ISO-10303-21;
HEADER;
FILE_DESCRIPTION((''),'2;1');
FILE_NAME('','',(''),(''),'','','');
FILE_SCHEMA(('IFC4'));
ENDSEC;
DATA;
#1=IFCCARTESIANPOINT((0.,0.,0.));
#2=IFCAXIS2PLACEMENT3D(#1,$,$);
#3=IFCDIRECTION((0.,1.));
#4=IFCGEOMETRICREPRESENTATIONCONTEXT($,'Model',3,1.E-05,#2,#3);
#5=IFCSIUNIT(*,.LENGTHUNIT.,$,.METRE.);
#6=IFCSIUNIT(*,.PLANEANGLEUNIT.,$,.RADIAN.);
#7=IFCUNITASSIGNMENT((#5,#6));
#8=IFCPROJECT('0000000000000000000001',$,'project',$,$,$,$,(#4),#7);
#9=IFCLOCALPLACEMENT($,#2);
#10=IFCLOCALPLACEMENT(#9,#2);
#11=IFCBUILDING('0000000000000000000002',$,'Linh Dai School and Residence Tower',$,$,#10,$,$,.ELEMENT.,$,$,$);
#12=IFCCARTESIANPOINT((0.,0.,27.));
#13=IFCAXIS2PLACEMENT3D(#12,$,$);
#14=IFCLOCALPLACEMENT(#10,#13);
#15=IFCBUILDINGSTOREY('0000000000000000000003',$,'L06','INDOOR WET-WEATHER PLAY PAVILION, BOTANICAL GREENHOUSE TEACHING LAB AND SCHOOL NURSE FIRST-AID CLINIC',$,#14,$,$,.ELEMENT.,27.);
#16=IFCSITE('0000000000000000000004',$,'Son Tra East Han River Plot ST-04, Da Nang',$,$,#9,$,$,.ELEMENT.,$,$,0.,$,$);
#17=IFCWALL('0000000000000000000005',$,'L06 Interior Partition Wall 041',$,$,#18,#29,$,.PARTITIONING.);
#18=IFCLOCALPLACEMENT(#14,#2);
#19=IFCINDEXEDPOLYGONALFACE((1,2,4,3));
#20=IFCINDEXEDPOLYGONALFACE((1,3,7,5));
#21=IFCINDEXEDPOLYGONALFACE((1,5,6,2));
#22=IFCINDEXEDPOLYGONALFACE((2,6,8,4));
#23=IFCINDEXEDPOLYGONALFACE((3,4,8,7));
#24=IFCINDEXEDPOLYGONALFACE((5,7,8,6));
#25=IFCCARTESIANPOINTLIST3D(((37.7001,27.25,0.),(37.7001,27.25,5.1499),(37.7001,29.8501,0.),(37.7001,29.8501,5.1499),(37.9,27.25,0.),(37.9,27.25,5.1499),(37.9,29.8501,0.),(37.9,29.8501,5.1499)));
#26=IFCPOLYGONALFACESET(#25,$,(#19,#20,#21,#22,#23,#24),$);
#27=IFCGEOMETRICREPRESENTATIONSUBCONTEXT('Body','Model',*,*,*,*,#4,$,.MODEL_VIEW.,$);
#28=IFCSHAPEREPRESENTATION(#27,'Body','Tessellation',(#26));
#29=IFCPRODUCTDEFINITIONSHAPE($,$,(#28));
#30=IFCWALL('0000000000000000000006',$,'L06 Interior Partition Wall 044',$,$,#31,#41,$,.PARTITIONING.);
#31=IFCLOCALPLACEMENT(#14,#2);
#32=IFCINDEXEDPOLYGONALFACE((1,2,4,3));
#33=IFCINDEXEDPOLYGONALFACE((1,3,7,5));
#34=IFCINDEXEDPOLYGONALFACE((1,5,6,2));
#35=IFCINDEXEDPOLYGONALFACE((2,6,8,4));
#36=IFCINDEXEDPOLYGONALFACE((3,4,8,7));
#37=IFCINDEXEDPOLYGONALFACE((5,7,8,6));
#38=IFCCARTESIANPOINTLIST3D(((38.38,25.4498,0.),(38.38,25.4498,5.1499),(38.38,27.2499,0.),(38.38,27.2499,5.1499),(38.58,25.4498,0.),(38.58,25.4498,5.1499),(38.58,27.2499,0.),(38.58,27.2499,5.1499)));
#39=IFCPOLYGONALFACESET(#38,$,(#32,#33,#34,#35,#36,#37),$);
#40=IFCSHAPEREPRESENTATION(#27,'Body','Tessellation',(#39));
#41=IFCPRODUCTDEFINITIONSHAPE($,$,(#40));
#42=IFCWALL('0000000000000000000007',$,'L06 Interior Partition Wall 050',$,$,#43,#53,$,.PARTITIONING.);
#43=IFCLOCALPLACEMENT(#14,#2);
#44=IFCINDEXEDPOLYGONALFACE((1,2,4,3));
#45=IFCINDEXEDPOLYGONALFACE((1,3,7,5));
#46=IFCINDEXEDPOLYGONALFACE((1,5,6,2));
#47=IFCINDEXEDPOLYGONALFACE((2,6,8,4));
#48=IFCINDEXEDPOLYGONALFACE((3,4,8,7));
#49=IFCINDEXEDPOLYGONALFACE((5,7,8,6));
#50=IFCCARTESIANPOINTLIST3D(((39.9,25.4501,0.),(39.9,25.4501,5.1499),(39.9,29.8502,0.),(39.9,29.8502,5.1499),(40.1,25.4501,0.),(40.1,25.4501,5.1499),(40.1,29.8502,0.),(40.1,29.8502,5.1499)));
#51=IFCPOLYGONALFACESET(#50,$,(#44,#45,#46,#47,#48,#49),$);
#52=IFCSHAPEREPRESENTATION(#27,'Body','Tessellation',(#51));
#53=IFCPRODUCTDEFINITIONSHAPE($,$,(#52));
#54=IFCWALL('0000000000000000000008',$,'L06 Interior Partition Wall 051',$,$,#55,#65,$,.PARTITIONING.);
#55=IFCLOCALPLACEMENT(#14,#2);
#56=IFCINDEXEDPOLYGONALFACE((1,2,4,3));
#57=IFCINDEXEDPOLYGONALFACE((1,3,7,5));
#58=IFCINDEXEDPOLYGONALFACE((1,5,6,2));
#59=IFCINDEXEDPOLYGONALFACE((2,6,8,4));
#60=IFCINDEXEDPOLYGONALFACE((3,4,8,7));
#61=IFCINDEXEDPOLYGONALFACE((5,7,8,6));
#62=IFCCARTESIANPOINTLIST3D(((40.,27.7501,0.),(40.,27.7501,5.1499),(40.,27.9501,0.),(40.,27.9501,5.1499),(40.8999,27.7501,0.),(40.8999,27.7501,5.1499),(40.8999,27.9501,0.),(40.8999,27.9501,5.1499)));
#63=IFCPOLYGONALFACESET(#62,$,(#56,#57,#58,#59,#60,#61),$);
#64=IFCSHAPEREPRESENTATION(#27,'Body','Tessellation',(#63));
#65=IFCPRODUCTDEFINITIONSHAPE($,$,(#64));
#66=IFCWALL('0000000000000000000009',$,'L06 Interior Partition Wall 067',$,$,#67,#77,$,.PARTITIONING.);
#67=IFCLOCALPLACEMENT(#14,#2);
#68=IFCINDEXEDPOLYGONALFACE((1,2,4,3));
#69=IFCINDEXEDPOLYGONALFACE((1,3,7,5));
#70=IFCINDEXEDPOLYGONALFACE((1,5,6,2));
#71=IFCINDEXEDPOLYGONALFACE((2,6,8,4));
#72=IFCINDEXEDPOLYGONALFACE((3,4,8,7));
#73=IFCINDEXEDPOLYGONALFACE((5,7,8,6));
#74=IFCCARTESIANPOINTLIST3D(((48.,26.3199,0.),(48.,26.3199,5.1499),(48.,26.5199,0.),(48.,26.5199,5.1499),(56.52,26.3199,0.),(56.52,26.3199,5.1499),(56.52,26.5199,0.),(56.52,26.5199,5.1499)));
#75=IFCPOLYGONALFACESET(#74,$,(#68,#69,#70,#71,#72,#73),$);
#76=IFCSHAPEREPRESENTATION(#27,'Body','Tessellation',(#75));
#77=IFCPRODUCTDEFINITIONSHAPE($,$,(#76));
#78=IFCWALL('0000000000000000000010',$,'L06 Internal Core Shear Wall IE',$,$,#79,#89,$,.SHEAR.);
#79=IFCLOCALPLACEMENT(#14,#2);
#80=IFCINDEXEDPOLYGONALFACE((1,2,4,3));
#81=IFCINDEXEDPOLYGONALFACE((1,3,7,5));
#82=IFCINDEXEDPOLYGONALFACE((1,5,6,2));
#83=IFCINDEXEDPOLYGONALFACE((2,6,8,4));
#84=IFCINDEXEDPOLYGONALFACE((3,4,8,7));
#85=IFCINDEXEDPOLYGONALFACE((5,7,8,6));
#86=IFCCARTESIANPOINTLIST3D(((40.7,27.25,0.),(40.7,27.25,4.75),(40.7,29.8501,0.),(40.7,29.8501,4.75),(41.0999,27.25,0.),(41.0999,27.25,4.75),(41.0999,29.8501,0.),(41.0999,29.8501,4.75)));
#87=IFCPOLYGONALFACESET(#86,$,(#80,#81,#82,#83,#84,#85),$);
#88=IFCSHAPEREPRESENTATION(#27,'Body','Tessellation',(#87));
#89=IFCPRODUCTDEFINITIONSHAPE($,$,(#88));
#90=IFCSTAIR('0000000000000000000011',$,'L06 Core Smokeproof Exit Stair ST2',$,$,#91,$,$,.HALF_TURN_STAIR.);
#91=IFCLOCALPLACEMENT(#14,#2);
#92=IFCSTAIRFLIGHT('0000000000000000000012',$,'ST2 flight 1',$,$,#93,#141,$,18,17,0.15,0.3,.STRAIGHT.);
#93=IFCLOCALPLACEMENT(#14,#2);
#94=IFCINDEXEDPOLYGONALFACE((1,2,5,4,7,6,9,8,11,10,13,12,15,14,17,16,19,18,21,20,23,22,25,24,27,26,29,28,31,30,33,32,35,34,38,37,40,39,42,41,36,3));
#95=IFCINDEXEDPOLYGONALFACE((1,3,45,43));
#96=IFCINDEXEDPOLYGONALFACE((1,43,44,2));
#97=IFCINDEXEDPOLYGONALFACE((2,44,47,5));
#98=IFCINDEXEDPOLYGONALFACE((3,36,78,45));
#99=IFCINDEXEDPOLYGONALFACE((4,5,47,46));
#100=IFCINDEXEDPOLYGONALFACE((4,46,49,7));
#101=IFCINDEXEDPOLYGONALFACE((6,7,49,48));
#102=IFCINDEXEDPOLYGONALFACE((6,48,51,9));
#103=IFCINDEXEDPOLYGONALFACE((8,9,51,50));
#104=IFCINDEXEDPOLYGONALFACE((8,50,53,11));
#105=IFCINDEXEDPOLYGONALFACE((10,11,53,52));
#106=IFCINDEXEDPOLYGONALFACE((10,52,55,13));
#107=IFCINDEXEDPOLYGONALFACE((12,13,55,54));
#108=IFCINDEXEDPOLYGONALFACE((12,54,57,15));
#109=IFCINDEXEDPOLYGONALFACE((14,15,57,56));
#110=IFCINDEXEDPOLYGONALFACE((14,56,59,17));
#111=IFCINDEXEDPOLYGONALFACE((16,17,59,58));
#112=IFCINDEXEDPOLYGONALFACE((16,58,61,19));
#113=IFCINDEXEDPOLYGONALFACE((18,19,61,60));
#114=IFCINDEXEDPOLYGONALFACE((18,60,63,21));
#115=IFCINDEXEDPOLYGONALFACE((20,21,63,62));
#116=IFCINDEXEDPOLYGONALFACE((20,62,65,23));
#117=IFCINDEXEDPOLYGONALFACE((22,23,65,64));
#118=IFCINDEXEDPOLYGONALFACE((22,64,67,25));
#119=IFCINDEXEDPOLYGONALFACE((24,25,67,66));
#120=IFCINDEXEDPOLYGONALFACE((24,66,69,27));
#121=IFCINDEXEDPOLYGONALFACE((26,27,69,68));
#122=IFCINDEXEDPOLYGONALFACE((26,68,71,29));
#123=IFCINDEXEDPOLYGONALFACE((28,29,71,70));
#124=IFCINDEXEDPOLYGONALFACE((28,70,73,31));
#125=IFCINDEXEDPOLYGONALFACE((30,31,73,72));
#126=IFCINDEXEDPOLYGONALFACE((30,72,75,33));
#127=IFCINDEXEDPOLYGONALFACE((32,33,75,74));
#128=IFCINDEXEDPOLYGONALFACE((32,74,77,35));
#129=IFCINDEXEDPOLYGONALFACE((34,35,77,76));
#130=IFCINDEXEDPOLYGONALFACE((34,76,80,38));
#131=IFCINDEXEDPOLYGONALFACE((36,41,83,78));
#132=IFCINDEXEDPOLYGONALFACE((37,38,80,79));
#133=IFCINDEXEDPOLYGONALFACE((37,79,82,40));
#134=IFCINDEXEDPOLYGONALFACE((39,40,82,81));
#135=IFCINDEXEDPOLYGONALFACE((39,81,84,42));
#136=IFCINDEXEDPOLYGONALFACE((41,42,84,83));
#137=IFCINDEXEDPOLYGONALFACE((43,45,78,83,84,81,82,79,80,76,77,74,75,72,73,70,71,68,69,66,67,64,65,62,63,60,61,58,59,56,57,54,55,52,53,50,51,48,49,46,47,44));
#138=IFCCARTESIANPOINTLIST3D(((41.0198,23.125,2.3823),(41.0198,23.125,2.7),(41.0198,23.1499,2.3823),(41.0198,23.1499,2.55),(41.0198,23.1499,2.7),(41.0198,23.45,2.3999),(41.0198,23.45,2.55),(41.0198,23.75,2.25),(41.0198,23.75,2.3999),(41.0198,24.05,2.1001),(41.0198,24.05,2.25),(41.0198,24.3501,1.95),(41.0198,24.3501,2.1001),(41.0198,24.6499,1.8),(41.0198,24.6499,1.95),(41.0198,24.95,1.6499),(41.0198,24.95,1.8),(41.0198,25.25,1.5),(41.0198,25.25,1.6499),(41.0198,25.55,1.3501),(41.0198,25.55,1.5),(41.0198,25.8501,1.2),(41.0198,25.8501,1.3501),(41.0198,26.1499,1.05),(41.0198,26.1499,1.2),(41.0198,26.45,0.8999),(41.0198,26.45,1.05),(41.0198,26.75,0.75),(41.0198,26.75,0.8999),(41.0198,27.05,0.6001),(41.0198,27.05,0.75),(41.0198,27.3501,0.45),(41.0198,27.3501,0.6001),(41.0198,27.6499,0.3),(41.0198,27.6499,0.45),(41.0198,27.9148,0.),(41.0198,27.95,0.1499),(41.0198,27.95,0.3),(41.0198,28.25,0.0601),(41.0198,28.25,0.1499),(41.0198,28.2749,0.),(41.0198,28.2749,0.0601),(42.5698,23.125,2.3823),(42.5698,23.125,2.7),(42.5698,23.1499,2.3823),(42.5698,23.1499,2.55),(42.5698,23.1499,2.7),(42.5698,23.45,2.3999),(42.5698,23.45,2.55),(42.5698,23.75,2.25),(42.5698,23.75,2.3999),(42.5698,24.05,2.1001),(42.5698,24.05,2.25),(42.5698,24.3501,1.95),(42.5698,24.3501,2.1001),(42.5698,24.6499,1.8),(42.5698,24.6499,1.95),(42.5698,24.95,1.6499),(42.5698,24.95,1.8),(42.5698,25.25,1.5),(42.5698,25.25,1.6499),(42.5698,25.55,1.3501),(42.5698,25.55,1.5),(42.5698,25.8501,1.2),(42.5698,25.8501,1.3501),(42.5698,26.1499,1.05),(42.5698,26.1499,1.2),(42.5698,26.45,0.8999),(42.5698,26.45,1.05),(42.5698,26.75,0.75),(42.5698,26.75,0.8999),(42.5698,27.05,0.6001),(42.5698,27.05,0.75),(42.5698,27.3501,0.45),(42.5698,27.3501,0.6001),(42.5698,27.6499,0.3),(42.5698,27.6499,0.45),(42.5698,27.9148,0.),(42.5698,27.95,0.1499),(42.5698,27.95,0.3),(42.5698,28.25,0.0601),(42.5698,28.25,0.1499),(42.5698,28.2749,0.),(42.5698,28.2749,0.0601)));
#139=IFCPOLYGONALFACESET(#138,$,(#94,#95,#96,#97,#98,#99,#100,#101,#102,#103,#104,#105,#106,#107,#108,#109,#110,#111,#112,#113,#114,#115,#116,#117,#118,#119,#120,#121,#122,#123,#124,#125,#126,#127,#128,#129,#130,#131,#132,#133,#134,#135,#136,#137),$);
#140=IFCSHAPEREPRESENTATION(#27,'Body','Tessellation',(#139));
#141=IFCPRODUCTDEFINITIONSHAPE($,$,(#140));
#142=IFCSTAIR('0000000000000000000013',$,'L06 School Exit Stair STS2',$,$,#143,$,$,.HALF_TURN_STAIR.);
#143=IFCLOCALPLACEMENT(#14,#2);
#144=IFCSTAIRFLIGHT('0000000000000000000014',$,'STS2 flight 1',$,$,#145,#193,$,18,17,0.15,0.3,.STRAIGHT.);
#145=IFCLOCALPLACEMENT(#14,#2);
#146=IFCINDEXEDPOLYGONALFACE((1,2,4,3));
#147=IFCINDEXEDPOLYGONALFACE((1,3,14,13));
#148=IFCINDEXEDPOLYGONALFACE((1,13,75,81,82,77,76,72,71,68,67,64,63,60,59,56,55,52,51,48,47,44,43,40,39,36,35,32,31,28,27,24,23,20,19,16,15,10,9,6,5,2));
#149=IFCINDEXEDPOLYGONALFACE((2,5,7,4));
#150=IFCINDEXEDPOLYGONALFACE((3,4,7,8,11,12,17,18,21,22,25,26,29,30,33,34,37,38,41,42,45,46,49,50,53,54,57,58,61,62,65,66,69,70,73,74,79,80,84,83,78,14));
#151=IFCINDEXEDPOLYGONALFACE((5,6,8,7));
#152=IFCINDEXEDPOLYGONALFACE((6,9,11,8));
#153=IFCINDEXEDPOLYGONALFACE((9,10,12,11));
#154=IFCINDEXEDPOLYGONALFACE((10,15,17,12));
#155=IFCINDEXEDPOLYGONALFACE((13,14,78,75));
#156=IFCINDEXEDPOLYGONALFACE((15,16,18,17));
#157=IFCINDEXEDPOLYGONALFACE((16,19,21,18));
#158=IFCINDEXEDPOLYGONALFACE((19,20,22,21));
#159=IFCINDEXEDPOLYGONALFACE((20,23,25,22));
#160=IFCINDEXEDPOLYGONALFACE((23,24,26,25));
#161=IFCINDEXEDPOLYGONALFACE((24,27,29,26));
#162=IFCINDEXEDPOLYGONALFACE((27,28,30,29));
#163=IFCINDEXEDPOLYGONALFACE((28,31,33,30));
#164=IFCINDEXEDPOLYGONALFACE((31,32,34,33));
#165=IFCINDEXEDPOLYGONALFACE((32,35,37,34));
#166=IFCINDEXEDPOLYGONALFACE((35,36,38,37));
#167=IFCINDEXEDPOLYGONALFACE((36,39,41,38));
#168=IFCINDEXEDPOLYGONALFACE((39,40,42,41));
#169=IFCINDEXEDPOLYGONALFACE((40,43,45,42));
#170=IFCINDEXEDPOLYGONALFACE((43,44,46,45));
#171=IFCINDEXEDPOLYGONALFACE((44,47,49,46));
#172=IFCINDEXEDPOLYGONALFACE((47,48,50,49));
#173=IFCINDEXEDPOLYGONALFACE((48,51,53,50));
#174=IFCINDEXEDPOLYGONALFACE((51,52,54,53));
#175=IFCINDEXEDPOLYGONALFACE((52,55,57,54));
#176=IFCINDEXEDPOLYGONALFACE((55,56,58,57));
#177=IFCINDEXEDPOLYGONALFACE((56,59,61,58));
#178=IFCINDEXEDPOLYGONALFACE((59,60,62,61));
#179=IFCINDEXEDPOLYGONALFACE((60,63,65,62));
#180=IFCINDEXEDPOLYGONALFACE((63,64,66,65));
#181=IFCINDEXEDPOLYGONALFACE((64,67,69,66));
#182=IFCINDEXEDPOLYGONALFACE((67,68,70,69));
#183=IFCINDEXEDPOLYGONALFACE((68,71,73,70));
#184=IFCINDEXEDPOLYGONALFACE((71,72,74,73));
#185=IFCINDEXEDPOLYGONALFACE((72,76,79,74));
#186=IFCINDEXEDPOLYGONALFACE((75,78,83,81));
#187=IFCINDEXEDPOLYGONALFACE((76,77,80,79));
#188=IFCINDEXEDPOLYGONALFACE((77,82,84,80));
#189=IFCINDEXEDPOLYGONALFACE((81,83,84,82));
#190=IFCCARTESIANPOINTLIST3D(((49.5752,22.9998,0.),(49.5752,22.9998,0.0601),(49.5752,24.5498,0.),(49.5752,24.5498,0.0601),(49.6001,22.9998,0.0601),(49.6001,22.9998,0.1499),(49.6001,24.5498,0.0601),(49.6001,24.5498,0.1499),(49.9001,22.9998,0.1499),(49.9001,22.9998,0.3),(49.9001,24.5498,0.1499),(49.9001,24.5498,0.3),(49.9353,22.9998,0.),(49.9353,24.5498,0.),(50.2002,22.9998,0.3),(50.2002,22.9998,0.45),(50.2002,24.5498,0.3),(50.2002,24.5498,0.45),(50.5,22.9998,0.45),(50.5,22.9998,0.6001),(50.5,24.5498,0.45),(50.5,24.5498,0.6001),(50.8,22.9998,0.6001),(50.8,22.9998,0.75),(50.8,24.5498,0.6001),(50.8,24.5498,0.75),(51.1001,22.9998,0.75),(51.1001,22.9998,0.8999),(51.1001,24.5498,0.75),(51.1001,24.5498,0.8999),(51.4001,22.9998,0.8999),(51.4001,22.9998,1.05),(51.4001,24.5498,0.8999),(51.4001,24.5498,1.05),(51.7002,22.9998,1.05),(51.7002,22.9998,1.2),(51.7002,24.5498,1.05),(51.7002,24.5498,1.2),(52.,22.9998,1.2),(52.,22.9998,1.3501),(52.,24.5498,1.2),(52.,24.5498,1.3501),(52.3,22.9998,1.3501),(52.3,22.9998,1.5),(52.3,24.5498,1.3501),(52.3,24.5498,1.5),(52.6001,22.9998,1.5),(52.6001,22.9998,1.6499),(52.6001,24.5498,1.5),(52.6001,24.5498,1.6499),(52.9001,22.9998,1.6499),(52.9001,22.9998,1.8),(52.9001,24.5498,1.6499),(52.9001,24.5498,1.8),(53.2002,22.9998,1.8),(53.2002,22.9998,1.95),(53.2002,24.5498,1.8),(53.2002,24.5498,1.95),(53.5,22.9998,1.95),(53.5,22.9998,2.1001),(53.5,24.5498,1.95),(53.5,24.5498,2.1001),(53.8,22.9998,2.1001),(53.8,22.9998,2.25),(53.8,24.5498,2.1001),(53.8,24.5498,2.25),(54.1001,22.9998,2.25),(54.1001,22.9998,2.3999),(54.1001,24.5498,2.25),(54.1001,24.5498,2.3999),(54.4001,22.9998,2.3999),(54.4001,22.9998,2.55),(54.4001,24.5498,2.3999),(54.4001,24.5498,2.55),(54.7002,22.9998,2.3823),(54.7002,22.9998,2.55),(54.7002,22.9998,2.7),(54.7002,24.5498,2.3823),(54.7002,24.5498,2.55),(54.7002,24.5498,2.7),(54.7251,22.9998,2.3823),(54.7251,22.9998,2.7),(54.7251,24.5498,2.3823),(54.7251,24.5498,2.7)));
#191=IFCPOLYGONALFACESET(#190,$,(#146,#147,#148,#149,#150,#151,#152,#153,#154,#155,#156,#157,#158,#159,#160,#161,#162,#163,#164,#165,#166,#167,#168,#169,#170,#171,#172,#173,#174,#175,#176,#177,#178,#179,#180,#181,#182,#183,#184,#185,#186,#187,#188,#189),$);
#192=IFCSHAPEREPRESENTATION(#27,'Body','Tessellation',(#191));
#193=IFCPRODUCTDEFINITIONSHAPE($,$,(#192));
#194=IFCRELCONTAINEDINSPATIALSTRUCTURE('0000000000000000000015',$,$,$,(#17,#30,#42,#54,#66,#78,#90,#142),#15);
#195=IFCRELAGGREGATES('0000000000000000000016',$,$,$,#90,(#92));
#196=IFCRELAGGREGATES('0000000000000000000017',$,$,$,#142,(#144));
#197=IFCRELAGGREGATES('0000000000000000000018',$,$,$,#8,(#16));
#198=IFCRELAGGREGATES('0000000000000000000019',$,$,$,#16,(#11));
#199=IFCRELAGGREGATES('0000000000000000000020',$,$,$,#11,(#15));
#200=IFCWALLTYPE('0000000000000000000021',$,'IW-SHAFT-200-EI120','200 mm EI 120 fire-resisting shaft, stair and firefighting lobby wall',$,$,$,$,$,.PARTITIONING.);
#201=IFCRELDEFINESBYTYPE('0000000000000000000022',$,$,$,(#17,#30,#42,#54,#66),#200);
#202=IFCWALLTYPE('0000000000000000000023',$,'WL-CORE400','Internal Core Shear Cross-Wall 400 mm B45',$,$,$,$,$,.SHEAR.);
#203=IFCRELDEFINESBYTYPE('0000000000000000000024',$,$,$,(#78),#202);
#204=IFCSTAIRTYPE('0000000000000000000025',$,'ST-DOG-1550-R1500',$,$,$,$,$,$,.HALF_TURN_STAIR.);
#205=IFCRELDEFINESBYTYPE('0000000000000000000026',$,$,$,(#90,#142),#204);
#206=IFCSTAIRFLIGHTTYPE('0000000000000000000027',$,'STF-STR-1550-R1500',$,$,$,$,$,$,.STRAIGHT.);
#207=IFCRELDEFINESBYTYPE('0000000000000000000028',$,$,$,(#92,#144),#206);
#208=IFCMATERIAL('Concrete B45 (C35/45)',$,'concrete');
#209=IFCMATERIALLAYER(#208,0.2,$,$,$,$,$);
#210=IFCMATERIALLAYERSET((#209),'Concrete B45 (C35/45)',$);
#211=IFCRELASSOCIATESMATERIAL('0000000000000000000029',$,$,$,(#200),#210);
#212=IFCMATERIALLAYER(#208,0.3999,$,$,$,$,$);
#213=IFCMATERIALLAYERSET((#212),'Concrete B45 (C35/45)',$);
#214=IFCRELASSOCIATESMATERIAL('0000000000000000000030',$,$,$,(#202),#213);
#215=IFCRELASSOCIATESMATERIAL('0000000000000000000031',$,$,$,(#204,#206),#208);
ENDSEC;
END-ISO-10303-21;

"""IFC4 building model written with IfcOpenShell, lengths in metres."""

from ifc_helpers import new_model, si_unit, direction, frame, frame_2d, origin, place, context, subcontext, project, spatial, polyline, rectangle, outline, extrude, source, transform, mapped, material, layer, layer_set, type_object, element, aggregate, save


model = new_model("IFC4")

# Units and contexts
model_context = context("Model", 3, precision=1e-05, world=origin(), true_north=direction((0.0, 1.0)))
body_context = subcontext(model_context, "Body", "Model", "MODEL_VIEW")
ifc_project = project(units=[si_unit("LENGTHUNIT", "METRE"), si_unit("PLANEANGLEUNIT", "RADIAN")], contexts=[model_context])

# Site, building, storey
site_placement = place(None, origin())
site = spatial("IfcSite", under=ifc_project, at=site_placement, Name="Son Tra East Han River Plot ST-04, Da Nang", CompositionType="ELEMENT", RefElevation=0.0)
building_placement = place(site_placement, origin())
building = spatial("IfcBuilding", under=site, at=building_placement, Name="Linh Dai School and Residence Tower", CompositionType="ELEMENT")
storey_placement = place(building_placement, frame((0.0, 0.0, 27.0)))
storey = spatial("IfcBuildingStorey", under=building, at=storey_placement, Name="L06", Description="INDOOR WET-WEATHER PLAY PAVILION, BOTANICAL GREENHOUSE TEACHING LAB AND SCHOOL NURSE FIRST-AID CLINIC", CompositionType="ELEMENT", Elevation=27.0)

# Walls
ifc_material_1 = material(Name="Concrete B45 (C35/45)", Category="concrete")
ifc_layer_1 = layer(ifc_material_1, 0.2)
ifc_layer_set_1 = layer_set([ifc_layer_1], Name="Concrete B45 (C35/45)")
wall_type_1 = type_object("IfcWallType", Name="IW-SHAFT-200-EI120", Description="200 mm EI 120 fire-resisting shaft, stair and firefighting lobby wall", PredefinedType="PARTITIONING", material=ifc_layer_set_1)
wall_1_placement = place(storey_placement, frame((37.8, 27.25, 0.0), z_axis=(0.0, 0.0, 1.0), x_axis=(0.0, 1.0, 0.0)))
element("IfcWall", 1, at=wall_1_placement, inside=storey, type_object=wall_type_1, Name="L06 Interior Partition Wall 041", PredefinedType="PARTITIONING", context=body_context, shape_type="SweptSolid", body=[
    extrude(rectangle(XDim=2.6001, YDim=0.2, at=frame_2d((1.3, 0.0))), origin(), (0.0, 0.0, 1.0), 5.1499),
])
wall_2_placement = place(storey_placement, frame((38.48, 25.45, 0.0), z_axis=(0.0, 0.0, 1.0), x_axis=(0.0, 1.0, 0.0)))
element("IfcWall", 2, at=wall_2_placement, inside=storey, type_object=wall_type_1, Name="L06 Interior Partition Wall 044", PredefinedType="PARTITIONING", context=body_context, shape_type="SweptSolid", body=[
    extrude(rectangle(XDim=1.8, YDim=0.2, at=frame_2d((0.8999, 0.0))), origin(), (0.0, 0.0, 1.0), 5.1499),
])
wall_3_placement = place(storey_placement, frame((40.0, 25.45, 0.0), z_axis=(0.0, 0.0, 1.0), x_axis=(0.0, 1.0, 0.0)))
element("IfcWall", 3, at=wall_3_placement, inside=storey, type_object=wall_type_1, Name="L06 Interior Partition Wall 050", PredefinedType="PARTITIONING", context=body_context, shape_type="SweptSolid", body=[
    extrude(rectangle(XDim=4.4001, YDim=0.2, at=frame_2d((2.2002, 0.0))), origin(), (0.0, 0.0, 1.0), 5.1499),
])
wall_4_placement = place(storey_placement, frame((40.0, 27.8501, 0.0), z_axis=(0.0, 0.0, 1.0), x_axis=(1.0, 0.0, 0.0)))
element("IfcWall", 4, at=wall_4_placement, inside=storey, type_object=wall_type_1, Name="L06 Interior Partition Wall 051", PredefinedType="PARTITIONING", context=body_context, shape_type="SweptSolid", body=[
    extrude(rectangle(XDim=0.8999, YDim=0.2, at=frame_2d((0.45, 0.0))), origin(), (0.0, 0.0, 1.0), 5.1499),
])
wall_5_placement = place(storey_placement, frame((48.0, 26.4199, 0.0), z_axis=(0.0, 0.0, 1.0), x_axis=(1.0, 0.0, 0.0)))
element("IfcWall", 5, at=wall_5_placement, inside=storey, type_object=wall_type_1, Name="L06 Interior Partition Wall 067", PredefinedType="PARTITIONING", context=body_context, shape_type="SweptSolid", body=[
    extrude(rectangle(XDim=8.52, YDim=0.2, at=frame_2d((4.26, 0.0))), origin(), (0.0, 0.0, 1.0), 5.1499),
])
ifc_layer_2 = layer(ifc_material_1, 0.3999)
ifc_layer_set_2 = layer_set([ifc_layer_2], Name="Concrete B45 (C35/45)")
wall_type_2 = type_object("IfcWallType", Name="WL-CORE400", Description="Internal Core Shear Cross-Wall 400 mm B45", PredefinedType="SHEAR", material=ifc_layer_set_2)
wall_6_placement = place(storey_placement, frame((40.8999, 27.25, 0.0), z_axis=(0.0, 0.0, 1.0), x_axis=(0.0, 1.0, 0.0)))
element("IfcWall", 6, at=wall_6_placement, inside=storey, type_object=wall_type_2, Name="L06 Internal Core Shear Wall IE", PredefinedType="SHEAR", context=body_context, shape_type="SweptSolid", body=[
    extrude(rectangle(XDim=2.6001, YDim=0.3999, at=frame_2d((1.3, 0.0))), origin(), (0.0, 0.0, 1.0), 4.75),
])

# Stairs, stair flights
stair_type = type_object("IfcStairType", Name="ST-DOG-1550-R1500", PredefinedType="HALF_TURN_STAIR", material=ifc_material_1)
stair_1_placement = place(storey_placement, origin())
stair_1 = element("IfcStair", 7, at=stair_1_placement, inside=storey, type_object=stair_type, Name="L06 Core Smokeproof Exit Stair ST2", PredefinedType="HALF_TURN_STAIR")
stair_flight_type = type_object("IfcStairFlightType", Name="STF-STR-1550-R1500", PredefinedType="STRAIGHT", material=ifc_material_1)
shared_shape_1 = source(origin(), body_context, "Body", "SweptSolid", [
    extrude(outline(polyline([(-0.0249, 0.0), (-0.0249, 0.0601), (0.0, 0.0601), (0.0, 0.1499), (0.3, 0.1499), (0.3, 0.3), (0.6001, 0.3), (0.6001, 0.45), (0.8999, 0.45), (0.8999, 0.6001), (1.2, 0.6001), (1.2, 0.75), (1.5, 0.75), (1.5, 0.8999), (1.8, 0.8999), (1.8, 1.05), (2.1001, 1.05), (2.1001, 1.2), (2.3999, 1.2), (2.3999, 1.3501), (2.7, 1.3501), (2.7, 1.5), (3.0, 1.5), (3.0, 1.6499), (3.3, 1.6499), (3.3, 1.8), (3.6001, 1.8), (3.6001, 1.95), (3.8999, 1.95), (3.8999, 2.1001), (4.2, 2.1001), (4.2, 2.25), (4.5, 2.25), (4.5, 2.3999), (4.8, 2.3999), (4.8, 2.55), (5.1001, 2.55), (5.1001, 2.7), (5.125, 2.7), (5.125, 2.3823), (5.1001, 2.3823), (0.3352, 0.0), (-0.0249, 0.0)])), frame((0.0, 0.7749, 0.0), z_axis=(0.0, -1.0, 0.0), x_axis=(1.0, 0.0, 0.0)), (0.0, 0.0, 1.0), 1.55),
])
stair_flight_1_placement = place(storey_placement, frame((41.7949, 28.25, 0.0), z_axis=(0.0, 0.0, 1.0), x_axis=(0.0, -1.0, 0.0)))
stair_flight_1 = element("IfcStairFlight", 8, at=stair_flight_1_placement, type_object=stair_flight_type, Name="ST2 flight 1", NumberOfRisers=18, NumberOfTreads=17, PredefinedType="STRAIGHT", RiserHeight=0.15, TreadLength=0.3, context=body_context, shape_type="MappedRepresentation", body=[
    mapped(shared_shape_1, transform((0.0, 0.0, 0.0), x_axis=(1.0, 0.0, 0.0), y_axis=(0.0, 1.0, 0.0), z_axis=(0.0, 0.0, 1.0), scale=1.0)),
])
aggregate(stair_1, [stair_flight_1])
stair_2_placement = place(storey_placement, origin())
stair_2 = element("IfcStair", 9, at=stair_2_placement, inside=storey, type_object=stair_type, Name="L06 School Exit Stair STS2", PredefinedType="HALF_TURN_STAIR")
stair_flight_2_placement = place(storey_placement, frame((49.6001, 23.7749, 0.0), z_axis=(0.0, 0.0, 1.0), x_axis=(1.0, 0.0, 0.0)))
stair_flight_2 = element("IfcStairFlight", 10, at=stair_flight_2_placement, type_object=stair_flight_type, Name="STS2 flight 1", NumberOfRisers=18, NumberOfTreads=17, PredefinedType="STRAIGHT", RiserHeight=0.15, TreadLength=0.3, context=body_context, shape_type="MappedRepresentation", body=[
    mapped(shared_shape_1, transform((0.0, 0.0, 0.0), x_axis=(1.0, 0.0, 0.0), y_axis=(0.0, 1.0, 0.0), z_axis=(0.0, 0.0, 1.0), scale=1.0)),
])
aggregate(stair_2, [stair_flight_2])

save(model, "model.ifc")
